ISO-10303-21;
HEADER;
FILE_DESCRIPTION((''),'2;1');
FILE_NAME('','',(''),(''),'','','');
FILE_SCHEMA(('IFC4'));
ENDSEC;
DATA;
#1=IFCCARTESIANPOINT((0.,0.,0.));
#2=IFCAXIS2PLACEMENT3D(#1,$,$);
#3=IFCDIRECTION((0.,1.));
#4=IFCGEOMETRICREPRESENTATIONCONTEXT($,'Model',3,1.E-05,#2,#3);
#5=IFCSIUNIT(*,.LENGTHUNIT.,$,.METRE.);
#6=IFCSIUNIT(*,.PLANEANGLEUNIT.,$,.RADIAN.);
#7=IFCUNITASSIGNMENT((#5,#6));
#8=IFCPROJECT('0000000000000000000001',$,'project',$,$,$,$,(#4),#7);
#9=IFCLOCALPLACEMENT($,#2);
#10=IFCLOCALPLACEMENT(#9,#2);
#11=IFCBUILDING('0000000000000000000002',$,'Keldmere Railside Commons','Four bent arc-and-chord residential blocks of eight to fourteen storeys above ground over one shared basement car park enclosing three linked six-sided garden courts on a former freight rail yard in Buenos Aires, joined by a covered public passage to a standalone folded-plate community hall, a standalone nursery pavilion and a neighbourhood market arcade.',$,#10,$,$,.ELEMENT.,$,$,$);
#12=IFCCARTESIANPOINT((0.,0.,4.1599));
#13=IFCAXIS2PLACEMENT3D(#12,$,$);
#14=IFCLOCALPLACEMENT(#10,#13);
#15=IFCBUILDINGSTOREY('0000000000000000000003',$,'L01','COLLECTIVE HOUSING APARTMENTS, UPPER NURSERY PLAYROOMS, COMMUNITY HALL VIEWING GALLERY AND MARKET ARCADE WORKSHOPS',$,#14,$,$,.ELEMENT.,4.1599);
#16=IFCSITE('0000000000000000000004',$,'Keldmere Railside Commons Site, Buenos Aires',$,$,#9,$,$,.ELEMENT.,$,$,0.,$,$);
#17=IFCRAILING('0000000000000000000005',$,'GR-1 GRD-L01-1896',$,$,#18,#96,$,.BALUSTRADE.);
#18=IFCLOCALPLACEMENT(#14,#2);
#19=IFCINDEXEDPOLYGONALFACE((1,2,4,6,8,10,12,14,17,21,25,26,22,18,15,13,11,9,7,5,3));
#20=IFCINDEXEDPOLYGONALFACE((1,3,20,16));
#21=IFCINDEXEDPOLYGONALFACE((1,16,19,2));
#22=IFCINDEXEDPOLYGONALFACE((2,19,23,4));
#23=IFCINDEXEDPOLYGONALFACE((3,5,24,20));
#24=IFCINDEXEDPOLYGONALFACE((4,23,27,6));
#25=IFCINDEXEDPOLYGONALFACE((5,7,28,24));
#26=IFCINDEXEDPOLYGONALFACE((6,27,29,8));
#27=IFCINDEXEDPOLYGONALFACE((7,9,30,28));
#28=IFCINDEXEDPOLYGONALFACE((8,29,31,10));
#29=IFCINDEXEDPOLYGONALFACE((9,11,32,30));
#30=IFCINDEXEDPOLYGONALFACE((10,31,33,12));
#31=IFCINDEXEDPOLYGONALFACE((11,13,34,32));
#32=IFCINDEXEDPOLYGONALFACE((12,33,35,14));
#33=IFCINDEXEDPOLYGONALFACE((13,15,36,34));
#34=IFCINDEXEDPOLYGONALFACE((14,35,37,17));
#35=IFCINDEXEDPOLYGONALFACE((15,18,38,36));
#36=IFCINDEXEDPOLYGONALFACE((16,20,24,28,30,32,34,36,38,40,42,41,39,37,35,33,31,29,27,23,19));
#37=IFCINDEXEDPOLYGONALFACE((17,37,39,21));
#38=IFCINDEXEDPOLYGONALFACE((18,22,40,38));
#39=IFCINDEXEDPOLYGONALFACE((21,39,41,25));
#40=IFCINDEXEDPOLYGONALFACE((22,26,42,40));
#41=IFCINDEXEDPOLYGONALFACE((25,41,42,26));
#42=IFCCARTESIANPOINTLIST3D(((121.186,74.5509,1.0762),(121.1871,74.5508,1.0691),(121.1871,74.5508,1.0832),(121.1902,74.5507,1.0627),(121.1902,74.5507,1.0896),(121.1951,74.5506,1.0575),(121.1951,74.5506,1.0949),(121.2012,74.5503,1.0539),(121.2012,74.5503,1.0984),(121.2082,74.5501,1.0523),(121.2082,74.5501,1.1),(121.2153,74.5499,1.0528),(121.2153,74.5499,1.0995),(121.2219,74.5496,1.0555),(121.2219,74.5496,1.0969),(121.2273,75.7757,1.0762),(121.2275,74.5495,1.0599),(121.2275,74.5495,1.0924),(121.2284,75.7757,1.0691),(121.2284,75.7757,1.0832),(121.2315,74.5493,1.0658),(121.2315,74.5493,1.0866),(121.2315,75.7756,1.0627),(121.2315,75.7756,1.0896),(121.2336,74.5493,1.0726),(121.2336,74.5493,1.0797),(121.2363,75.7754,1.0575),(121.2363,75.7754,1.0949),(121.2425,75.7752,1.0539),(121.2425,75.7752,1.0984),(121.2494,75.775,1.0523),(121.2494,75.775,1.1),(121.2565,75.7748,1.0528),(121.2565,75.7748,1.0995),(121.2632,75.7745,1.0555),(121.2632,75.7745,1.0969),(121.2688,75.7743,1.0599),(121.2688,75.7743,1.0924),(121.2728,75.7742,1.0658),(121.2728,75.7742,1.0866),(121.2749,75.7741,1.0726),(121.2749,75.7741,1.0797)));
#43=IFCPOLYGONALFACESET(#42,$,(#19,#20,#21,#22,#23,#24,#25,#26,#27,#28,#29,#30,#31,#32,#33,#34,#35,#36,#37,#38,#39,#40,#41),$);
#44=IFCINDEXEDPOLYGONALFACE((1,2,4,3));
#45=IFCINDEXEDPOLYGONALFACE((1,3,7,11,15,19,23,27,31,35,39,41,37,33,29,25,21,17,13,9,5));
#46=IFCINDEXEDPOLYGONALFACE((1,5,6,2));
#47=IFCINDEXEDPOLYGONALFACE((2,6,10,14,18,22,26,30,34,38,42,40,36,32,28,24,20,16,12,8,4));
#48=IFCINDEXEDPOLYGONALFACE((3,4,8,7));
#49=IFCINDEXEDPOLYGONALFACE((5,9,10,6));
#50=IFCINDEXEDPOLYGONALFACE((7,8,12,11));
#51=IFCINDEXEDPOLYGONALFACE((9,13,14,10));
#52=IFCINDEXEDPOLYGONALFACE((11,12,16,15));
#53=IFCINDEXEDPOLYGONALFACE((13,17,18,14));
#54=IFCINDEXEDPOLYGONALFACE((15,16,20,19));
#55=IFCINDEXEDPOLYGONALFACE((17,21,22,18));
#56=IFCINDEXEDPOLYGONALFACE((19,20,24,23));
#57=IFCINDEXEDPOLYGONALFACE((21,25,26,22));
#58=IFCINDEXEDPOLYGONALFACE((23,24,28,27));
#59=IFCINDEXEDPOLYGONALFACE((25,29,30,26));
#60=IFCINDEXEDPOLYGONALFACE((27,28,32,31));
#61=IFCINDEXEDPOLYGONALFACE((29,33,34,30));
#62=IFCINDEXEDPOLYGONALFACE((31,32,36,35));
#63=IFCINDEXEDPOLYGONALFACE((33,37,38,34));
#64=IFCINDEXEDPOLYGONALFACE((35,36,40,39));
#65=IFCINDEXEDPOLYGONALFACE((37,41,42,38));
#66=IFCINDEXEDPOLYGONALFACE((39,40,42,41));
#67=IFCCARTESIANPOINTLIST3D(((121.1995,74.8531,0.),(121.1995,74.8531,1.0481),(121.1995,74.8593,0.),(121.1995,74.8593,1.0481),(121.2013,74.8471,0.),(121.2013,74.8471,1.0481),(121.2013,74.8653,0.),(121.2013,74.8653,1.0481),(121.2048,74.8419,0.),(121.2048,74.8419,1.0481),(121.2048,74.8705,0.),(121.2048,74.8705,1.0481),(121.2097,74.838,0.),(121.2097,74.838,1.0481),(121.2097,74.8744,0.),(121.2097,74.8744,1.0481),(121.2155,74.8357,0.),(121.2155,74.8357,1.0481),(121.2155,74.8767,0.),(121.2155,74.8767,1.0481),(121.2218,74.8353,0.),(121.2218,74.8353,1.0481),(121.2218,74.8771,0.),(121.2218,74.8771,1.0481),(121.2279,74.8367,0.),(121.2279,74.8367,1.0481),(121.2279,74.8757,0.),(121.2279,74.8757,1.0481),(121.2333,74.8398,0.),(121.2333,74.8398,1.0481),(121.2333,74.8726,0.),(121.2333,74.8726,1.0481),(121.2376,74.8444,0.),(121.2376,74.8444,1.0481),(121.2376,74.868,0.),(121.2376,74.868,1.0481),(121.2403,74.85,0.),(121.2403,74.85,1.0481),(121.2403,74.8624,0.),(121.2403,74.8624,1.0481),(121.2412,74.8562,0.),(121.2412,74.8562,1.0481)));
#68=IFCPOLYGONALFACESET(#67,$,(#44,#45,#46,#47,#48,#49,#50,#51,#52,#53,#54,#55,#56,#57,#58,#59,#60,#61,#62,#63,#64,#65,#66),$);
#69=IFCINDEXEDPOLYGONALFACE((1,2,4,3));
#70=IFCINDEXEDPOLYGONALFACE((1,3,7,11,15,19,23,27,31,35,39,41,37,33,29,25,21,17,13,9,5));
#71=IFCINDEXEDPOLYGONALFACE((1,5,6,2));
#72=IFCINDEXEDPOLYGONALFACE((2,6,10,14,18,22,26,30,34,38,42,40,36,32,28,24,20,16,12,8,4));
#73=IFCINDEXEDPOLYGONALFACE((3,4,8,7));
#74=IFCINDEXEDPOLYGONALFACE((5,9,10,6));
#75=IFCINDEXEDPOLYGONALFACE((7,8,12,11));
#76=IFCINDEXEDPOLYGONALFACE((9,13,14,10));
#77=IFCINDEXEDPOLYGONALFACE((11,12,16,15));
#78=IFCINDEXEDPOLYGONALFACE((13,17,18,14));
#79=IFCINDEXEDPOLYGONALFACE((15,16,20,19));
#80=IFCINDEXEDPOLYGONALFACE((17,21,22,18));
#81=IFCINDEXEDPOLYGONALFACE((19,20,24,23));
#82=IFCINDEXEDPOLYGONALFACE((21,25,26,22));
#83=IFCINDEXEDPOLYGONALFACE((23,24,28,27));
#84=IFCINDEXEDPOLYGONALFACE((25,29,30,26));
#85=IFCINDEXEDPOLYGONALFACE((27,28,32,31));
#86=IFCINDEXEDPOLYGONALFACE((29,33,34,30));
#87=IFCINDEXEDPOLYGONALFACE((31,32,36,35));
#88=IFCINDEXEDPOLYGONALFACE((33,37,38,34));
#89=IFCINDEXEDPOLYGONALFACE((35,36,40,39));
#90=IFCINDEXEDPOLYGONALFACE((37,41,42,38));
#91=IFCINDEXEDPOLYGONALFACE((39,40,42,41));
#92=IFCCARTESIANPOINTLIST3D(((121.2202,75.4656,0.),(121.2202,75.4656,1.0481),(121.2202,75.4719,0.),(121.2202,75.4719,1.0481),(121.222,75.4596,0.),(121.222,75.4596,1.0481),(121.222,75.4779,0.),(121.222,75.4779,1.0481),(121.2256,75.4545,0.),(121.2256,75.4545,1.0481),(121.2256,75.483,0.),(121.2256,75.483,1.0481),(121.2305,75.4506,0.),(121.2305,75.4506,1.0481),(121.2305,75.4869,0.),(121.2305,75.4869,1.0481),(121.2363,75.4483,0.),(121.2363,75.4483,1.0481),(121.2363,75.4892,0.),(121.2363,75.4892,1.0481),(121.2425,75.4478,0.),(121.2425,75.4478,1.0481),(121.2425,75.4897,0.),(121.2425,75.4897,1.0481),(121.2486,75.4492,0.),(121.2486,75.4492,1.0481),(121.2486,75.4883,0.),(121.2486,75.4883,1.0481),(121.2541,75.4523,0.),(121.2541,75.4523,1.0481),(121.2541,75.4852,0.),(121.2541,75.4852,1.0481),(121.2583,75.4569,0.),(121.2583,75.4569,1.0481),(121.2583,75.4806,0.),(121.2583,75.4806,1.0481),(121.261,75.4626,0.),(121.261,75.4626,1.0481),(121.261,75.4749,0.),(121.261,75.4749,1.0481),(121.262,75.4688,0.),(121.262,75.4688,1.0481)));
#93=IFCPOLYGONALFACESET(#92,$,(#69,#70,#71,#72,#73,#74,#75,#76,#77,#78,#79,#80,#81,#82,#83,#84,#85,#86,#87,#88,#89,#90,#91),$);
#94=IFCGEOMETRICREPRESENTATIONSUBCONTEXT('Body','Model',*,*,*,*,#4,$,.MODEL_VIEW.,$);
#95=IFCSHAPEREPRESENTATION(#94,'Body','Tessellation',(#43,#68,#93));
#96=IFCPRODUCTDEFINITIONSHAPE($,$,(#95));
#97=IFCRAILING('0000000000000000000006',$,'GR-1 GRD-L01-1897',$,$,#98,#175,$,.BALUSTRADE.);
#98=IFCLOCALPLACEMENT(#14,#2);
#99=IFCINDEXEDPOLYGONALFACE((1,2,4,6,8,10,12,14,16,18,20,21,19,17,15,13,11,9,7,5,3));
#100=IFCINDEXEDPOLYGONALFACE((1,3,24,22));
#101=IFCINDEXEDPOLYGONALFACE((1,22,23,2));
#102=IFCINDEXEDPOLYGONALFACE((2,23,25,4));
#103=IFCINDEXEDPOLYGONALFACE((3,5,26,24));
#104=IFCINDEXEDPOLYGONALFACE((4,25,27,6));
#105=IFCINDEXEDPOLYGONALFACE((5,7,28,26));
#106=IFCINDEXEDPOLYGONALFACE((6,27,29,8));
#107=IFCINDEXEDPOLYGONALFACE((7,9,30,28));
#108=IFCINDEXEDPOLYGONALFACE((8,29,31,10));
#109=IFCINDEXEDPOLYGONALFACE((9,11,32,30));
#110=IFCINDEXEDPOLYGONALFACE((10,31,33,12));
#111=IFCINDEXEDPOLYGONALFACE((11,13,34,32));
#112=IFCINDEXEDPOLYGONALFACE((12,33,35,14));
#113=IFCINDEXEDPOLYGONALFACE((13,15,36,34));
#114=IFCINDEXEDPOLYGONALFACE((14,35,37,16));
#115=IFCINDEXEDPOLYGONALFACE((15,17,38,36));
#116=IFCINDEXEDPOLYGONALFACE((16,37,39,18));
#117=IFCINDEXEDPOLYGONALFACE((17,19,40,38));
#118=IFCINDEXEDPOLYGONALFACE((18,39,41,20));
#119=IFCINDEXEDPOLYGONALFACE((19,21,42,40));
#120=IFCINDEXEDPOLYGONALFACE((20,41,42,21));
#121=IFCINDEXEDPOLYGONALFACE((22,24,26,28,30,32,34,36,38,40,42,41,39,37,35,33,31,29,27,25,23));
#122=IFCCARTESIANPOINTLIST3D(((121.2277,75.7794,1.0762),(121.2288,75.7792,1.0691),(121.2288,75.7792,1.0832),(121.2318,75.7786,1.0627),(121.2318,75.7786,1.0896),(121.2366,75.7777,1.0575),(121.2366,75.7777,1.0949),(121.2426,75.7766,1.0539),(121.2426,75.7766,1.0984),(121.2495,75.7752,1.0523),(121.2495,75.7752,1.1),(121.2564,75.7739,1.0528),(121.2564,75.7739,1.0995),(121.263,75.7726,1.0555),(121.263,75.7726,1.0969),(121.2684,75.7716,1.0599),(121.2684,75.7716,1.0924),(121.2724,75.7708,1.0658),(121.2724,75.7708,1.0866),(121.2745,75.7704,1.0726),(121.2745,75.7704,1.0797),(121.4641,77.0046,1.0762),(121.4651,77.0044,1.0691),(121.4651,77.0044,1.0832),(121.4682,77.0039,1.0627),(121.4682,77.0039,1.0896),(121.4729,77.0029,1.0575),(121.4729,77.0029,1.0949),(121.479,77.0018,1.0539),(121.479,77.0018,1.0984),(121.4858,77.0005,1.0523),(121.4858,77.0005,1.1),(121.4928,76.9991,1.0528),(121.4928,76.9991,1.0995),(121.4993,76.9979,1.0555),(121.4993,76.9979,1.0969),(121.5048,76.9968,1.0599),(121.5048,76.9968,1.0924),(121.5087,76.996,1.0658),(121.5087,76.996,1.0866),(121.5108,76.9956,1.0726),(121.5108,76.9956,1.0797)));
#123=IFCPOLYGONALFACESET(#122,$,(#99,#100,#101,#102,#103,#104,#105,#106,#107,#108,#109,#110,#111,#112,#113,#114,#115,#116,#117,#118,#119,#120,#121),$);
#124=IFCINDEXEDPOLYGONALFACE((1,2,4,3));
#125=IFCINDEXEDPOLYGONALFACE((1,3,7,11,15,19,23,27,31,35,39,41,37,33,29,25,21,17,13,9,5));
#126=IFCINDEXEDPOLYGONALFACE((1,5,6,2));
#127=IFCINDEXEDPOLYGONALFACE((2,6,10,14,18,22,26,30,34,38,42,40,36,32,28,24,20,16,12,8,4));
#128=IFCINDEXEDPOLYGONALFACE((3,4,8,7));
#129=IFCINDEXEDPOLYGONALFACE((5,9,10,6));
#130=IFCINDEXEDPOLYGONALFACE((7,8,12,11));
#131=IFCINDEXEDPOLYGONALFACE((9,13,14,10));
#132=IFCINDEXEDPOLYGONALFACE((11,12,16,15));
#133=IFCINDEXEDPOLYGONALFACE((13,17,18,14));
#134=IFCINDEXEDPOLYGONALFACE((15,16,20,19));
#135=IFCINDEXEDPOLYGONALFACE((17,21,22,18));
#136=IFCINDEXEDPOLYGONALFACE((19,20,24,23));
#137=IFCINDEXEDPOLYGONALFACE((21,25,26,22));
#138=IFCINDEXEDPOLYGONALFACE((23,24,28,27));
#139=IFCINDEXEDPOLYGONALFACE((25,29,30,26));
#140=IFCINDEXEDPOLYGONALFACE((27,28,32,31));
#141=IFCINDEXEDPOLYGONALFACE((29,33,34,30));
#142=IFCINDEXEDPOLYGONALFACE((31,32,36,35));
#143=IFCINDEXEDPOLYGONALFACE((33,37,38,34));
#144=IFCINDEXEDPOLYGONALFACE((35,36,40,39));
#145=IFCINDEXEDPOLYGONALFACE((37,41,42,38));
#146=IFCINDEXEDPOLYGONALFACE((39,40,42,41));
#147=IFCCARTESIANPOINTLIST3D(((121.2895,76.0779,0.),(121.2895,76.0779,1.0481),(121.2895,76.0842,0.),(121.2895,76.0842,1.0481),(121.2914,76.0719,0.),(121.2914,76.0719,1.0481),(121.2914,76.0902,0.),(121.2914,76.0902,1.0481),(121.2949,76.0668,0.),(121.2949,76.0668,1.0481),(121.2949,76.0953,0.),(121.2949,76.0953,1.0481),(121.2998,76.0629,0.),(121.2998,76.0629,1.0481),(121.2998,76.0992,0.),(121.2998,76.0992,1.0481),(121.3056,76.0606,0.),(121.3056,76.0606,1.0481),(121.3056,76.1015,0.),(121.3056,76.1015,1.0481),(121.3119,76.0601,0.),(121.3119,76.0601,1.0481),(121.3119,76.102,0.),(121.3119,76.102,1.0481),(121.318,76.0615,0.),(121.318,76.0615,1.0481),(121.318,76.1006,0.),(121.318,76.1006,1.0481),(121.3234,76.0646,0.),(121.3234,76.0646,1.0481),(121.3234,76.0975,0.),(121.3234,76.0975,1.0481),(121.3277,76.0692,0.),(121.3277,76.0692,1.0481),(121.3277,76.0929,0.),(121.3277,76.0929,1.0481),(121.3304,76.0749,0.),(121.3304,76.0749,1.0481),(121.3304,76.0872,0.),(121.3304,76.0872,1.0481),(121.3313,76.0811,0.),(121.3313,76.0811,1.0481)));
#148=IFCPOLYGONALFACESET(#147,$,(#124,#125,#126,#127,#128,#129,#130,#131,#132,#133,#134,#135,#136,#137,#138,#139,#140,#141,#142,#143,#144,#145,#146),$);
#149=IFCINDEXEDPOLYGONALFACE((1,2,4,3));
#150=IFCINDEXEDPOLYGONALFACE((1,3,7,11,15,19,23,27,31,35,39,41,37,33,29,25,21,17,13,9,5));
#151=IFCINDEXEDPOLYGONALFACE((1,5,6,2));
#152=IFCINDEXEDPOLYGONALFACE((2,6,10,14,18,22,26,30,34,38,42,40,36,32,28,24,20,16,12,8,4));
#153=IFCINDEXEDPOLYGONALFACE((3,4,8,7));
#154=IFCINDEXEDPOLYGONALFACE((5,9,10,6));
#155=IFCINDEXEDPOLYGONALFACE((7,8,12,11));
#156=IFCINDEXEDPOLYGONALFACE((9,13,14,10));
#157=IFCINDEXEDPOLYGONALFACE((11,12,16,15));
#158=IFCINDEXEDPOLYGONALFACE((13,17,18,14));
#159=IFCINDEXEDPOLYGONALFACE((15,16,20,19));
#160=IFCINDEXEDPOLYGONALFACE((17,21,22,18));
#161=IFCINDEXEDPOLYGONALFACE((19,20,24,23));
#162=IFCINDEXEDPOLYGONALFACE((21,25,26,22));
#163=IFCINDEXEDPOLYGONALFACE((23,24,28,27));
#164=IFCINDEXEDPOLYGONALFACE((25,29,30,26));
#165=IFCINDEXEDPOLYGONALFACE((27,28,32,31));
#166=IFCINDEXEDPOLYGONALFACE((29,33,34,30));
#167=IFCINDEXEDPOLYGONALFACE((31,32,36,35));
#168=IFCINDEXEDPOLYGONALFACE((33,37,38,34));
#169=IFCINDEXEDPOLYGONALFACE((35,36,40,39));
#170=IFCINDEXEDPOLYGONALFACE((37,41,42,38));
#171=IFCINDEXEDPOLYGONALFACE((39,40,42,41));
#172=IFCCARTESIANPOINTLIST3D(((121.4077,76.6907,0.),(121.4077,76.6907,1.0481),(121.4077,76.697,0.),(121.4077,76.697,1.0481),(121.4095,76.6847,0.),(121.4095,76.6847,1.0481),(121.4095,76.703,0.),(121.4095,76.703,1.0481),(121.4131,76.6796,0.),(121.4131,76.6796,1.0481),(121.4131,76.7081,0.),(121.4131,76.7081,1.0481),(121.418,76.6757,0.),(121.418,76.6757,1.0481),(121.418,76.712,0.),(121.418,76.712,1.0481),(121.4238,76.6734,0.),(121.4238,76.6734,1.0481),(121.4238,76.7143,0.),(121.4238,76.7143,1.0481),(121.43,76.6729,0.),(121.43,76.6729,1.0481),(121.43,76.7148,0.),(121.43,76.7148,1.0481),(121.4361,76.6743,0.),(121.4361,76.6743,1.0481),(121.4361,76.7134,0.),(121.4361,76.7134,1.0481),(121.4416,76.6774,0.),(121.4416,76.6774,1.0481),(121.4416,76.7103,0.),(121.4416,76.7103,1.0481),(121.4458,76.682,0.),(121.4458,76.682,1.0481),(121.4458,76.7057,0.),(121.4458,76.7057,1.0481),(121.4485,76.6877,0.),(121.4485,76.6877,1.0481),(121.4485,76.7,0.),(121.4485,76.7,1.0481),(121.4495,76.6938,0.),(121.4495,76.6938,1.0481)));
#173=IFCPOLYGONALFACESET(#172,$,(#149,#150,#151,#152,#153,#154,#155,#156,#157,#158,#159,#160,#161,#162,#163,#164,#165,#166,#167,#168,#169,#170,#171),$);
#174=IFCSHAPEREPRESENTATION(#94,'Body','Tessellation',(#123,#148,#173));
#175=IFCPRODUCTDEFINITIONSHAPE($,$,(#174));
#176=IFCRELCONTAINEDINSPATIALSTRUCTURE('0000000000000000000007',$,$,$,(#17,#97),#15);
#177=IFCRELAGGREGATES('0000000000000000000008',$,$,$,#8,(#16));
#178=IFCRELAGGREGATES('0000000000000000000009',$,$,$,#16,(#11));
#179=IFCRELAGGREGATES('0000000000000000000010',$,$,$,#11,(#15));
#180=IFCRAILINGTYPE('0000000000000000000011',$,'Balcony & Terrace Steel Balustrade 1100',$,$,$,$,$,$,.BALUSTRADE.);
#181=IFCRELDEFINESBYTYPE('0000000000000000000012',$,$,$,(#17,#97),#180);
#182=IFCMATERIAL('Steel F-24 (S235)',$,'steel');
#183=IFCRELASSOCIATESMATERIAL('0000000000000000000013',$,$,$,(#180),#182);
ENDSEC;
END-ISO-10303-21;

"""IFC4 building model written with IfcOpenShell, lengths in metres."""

from ifc_helpers import new_model, si_unit, direction, frame, origin, origin_2d, place, context, subcontext, project, spatial, circle, extrude, material, type_object, element, save


model = new_model("IFC4")

# Units and contexts
model_context = context("Model", 3, precision=1e-05, world=origin(), true_north=direction((0.0, 1.0)))
body_context = subcontext(model_context, "Body", "Model", "MODEL_VIEW")
ifc_project = project(units=[si_unit("LENGTHUNIT", "METRE"), si_unit("PLANEANGLEUNIT", "RADIAN")], contexts=[model_context])

# Site, building, storey
site_placement = place(None, origin())
site = spatial("IfcSite", under=ifc_project, at=site_placement, Name="Keldmere Railside Commons Site, Buenos Aires", CompositionType="ELEMENT", RefElevation=0.0)
building_placement = place(site_placement, origin())
building = spatial("IfcBuilding", under=site, at=building_placement, Name="Keldmere Railside Commons", Description="Four bent arc-and-chord residential blocks of eight to fourteen storeys above ground over one shared basement car park enclosing three linked six-sided garden courts on a former freight rail yard in Buenos Aires, joined by a covered public passage to a standalone folded-plate community hall, a standalone nursery pavilion and a neighbourhood market arcade.", CompositionType="ELEMENT")
storey_placement = place(building_placement, frame((0.0, 0.0, 4.1599)))
storey = spatial("IfcBuildingStorey", under=building, at=storey_placement, Name="L01", Description="COLLECTIVE HOUSING APARTMENTS, UPPER NURSERY PLAYROOMS, COMMUNITY HALL VIEWING GALLERY AND MARKET ARCADE WORKSHOPS", CompositionType="ELEMENT", Elevation=4.1599)

# Railings
ifc_material_1 = material(Name="Steel F-24 (S235)", Category="steel")
railing_type = type_object("IfcRailingType", Name="Balcony & Terrace Steel Balustrade 1100", PredefinedType="BALUSTRADE", material=ifc_material_1)
railing_1_placement = place(storey_placement, frame((121.21, 74.55, 0.0)))
element("IfcRailing", 1, at=railing_1_placement, inside=storey, type_object=railing_type, Name="GR-1 GRD-L01-1896", PredefinedType="BALUSTRADE", context=body_context, shape_type="SweptSolid", body=[
    extrude(circle(Radius=0.0239, at=origin_2d()), frame((0.0, 0.0, 1.0762), z_axis=(0.033666, 0.999433, 0.0), x_axis=(-0.999433, 0.033666, 0.0)), (0.0, 0.0, 1.0), 1.2256),
    extrude(circle(Radius=0.021, at=origin_2d()), frame((0.0103, 0.3062, 0.0)), (0.0, 0.0, 1.0), 1.0481),
    extrude(circle(Radius=0.021, at=origin_2d()), frame((0.031, 0.9187, 0.0)), (0.0, 0.0, 1.0), 1.0481),
])
railing_2_placement = place(storey_placement, frame((121.2512, 75.7749, 0.0)))
element("IfcRailing", 2, at=railing_2_placement, inside=storey, type_object=railing_type, Name="GR-1 GRD-L01-1897", PredefinedType="BALUSTRADE", context=body_context, shape_type="SweptSolid", body=[
    extrude(circle(Radius=0.0239, at=origin_2d()), frame((0.0, 0.0, 1.0762), z_axis=(0.189413, 0.981897, 0.0), x_axis=(-0.981897, 0.189413, 0.0)), (0.0, 0.0, 1.0), 1.2478),
    extrude(circle(Radius=0.021, at=origin_2d()), frame((0.0591, 0.3062, 0.0)), (0.0, 0.0, 1.0), 1.0481),
    extrude(circle(Radius=0.021, at=origin_2d()), frame((0.1772, 0.9189, 0.0)), (0.0, 0.0, 1.0), 1.0481),
])

save(model, "model.ifc")
